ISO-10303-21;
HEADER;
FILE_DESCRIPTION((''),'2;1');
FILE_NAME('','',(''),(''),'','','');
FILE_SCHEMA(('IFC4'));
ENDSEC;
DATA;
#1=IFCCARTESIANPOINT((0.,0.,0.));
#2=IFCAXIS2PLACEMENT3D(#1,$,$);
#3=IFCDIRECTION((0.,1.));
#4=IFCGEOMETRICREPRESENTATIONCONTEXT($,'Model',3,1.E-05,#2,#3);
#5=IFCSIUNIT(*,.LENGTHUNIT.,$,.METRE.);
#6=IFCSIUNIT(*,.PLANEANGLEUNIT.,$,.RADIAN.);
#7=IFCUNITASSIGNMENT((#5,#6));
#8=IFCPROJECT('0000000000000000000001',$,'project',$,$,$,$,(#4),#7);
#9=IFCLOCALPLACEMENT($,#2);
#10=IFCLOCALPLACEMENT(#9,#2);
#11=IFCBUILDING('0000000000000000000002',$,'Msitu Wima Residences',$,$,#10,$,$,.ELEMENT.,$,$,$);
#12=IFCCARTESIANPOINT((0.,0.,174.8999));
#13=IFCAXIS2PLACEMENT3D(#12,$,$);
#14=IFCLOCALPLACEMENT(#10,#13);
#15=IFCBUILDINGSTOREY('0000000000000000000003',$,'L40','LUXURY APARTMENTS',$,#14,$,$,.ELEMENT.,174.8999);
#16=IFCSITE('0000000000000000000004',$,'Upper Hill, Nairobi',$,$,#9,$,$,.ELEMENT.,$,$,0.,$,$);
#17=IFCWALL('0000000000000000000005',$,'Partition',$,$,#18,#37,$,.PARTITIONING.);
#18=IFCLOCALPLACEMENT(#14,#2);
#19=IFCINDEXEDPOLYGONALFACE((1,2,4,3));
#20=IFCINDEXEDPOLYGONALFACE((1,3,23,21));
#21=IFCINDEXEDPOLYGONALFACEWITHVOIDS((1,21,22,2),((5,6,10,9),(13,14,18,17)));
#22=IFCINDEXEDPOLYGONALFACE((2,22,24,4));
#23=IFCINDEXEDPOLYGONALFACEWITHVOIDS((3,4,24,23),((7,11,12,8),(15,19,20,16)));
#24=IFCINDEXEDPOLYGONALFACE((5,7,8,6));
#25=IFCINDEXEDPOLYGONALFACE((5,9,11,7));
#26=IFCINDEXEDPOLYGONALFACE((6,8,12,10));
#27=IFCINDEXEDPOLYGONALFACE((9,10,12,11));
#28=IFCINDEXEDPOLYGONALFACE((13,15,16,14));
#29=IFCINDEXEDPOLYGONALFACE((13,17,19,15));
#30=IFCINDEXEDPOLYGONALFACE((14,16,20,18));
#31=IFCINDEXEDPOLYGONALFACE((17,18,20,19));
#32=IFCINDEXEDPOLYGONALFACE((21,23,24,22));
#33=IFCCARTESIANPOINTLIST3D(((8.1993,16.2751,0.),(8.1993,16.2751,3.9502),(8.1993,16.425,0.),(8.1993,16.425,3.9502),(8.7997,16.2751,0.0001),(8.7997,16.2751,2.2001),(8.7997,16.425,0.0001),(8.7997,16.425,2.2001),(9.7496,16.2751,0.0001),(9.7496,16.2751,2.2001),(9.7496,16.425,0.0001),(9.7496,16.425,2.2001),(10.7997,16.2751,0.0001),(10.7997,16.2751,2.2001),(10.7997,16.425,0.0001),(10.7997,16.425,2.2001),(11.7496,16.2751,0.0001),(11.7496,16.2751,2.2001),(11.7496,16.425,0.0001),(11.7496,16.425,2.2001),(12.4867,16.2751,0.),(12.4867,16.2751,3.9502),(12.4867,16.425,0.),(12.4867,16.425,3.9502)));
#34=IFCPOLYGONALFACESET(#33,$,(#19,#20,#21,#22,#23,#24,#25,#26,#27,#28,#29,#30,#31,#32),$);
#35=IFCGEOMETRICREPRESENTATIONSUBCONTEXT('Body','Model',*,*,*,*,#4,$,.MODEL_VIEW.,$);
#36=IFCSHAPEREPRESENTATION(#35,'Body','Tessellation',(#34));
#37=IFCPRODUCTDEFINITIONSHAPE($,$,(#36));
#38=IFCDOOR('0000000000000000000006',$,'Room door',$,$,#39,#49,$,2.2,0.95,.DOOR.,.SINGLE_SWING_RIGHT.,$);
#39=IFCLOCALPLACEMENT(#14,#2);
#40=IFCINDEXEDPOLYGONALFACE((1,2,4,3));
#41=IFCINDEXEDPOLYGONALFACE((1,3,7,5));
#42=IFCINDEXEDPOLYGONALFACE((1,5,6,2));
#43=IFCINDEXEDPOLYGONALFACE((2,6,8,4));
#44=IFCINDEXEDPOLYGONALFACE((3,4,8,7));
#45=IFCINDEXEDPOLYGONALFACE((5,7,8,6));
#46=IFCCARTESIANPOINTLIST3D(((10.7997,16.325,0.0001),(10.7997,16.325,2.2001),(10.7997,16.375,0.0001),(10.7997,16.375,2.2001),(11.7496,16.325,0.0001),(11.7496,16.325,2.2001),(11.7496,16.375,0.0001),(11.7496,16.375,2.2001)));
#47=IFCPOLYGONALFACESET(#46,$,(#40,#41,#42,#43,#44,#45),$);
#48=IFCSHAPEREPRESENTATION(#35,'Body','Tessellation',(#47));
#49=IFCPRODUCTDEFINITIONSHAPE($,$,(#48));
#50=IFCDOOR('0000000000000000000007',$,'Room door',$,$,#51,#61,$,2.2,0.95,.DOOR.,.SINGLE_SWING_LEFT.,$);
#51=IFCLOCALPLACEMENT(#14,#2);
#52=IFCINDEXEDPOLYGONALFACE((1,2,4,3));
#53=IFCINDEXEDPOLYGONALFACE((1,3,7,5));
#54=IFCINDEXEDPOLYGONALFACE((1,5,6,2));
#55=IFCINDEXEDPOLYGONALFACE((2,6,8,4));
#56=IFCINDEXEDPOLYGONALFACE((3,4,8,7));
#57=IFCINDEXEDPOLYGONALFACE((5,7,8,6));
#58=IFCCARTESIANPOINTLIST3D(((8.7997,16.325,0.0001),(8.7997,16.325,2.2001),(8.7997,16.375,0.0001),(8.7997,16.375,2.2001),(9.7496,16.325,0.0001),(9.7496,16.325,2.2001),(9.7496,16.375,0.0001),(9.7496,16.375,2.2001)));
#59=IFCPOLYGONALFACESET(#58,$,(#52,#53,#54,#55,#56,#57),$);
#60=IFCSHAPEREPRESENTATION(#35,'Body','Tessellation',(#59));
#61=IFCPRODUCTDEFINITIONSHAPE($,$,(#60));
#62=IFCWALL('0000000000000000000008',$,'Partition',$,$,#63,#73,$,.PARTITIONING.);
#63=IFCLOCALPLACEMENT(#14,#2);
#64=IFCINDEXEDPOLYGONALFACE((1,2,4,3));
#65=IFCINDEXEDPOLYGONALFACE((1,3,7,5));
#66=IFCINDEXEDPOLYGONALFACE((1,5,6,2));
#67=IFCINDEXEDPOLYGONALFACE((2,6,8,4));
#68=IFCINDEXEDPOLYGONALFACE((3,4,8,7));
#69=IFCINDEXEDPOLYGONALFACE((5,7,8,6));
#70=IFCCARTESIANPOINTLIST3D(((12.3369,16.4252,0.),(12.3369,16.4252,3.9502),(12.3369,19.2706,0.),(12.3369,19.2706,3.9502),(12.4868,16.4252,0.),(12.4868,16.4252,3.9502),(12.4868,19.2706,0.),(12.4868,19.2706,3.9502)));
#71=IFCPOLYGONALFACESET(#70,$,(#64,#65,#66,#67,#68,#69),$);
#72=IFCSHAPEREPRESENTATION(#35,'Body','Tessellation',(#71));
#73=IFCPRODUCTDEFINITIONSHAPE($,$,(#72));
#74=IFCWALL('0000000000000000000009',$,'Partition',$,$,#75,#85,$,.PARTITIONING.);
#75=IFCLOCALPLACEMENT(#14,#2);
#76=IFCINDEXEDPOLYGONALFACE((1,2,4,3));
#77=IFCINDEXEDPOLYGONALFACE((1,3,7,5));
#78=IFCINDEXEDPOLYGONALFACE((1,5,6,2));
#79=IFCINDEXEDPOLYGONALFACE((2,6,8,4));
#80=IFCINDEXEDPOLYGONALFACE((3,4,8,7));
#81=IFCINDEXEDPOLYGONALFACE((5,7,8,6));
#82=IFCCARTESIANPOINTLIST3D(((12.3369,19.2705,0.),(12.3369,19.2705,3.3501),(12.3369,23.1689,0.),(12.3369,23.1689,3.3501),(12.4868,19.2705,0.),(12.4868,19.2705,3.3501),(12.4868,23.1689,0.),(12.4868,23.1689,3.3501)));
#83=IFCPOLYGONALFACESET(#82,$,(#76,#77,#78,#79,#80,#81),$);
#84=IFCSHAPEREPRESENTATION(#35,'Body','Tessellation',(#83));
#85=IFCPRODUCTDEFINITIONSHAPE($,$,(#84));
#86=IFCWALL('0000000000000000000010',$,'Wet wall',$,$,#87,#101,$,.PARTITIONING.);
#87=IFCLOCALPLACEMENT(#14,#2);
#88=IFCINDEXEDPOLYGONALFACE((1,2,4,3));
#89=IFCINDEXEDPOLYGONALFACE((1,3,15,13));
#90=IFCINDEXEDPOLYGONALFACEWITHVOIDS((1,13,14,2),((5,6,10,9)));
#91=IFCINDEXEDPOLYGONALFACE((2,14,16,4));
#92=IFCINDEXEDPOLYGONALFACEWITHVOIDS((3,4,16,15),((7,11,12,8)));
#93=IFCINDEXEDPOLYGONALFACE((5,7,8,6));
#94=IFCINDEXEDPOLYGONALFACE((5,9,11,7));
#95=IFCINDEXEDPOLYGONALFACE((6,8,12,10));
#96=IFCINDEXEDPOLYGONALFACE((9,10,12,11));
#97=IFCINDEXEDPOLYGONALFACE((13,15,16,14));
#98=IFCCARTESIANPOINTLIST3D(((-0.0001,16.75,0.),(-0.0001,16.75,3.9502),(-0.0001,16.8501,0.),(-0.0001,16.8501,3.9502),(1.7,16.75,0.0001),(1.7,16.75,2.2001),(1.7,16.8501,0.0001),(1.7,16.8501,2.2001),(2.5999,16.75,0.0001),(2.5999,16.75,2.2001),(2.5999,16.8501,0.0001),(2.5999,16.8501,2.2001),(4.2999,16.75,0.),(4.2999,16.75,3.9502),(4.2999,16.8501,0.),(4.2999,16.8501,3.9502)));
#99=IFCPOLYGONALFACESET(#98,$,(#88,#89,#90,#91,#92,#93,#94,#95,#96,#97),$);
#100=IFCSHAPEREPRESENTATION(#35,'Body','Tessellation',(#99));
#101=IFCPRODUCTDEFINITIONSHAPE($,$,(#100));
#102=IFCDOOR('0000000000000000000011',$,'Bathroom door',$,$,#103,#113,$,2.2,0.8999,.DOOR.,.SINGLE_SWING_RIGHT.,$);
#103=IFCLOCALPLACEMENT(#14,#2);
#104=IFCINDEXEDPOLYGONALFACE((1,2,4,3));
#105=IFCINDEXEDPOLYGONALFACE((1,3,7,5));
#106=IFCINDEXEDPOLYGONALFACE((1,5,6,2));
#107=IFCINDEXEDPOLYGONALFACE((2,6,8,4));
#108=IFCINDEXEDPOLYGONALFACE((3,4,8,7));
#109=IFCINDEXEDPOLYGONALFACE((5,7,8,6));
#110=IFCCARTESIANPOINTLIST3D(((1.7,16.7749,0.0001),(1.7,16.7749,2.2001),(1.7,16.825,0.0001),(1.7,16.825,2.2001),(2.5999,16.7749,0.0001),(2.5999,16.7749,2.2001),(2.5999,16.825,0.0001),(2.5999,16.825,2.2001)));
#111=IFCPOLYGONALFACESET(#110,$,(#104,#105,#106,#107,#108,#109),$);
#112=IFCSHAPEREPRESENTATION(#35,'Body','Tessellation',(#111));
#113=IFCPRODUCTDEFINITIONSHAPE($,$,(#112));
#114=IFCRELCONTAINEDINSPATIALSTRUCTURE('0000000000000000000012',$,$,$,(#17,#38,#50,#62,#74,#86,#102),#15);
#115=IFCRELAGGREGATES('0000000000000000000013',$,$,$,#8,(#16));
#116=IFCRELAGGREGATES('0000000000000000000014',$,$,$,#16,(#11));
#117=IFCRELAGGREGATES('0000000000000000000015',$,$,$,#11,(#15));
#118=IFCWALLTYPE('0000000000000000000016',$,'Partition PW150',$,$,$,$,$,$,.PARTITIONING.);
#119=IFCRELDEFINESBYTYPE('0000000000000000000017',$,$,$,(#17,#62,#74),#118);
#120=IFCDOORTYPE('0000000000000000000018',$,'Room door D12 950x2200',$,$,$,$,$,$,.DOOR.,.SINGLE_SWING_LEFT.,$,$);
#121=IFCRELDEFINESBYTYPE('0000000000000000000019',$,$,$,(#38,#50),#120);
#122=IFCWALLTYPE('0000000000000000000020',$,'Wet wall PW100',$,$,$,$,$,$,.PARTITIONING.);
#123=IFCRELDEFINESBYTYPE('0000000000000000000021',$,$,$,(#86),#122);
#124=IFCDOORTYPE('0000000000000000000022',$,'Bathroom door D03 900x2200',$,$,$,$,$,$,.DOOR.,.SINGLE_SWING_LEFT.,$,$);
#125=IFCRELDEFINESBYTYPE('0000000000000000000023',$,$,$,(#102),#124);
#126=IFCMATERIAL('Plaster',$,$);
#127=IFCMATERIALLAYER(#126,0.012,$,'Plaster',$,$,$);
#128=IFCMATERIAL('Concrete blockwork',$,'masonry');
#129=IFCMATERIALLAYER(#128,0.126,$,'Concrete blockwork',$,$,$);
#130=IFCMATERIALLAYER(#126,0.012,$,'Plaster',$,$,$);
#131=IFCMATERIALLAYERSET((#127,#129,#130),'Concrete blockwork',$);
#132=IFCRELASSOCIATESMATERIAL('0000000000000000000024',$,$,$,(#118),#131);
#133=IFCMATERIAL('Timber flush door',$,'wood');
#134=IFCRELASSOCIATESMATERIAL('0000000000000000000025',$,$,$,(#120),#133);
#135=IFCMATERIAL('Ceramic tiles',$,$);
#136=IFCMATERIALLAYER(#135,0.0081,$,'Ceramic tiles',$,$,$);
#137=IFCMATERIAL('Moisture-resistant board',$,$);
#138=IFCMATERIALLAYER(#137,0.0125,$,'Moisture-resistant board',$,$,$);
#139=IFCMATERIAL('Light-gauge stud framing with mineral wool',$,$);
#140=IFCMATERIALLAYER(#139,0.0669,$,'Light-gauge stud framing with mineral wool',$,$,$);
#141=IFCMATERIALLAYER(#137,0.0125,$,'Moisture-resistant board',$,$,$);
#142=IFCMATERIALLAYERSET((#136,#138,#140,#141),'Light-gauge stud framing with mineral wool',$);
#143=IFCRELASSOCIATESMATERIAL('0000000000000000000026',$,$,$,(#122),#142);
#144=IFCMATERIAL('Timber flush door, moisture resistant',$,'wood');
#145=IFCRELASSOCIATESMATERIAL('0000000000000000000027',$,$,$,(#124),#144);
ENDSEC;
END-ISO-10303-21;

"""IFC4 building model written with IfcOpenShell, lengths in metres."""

from ifc_helpers import new_model, si_unit, direction, frame, frame_2d, origin, place, context, subcontext, project, spatial, rectangle, extrude, material, layer, layer_set, type_object, element, fill, save


model = new_model("IFC4")

# Units and contexts
model_context = context("Model", 3, precision=1e-05, world=origin(), true_north=direction((0.0, 1.0)))
body_context = subcontext(model_context, "Body", "Model", "MODEL_VIEW")
ifc_project = project(units=[si_unit("LENGTHUNIT", "METRE"), si_unit("PLANEANGLEUNIT", "RADIAN")], contexts=[model_context])

# Site, building, storey
site_placement = place(None, origin())
site = spatial("IfcSite", under=ifc_project, at=site_placement, Name="Upper Hill, Nairobi", CompositionType="ELEMENT", RefElevation=0.0)
building_placement = place(site_placement, origin())
building = spatial("IfcBuilding", under=site, at=building_placement, Name="Msitu Wima Residences", CompositionType="ELEMENT")
storey_placement = place(building_placement, frame((0.0, 0.0, 174.8999)))
storey = spatial("IfcBuildingStorey", under=building, at=storey_placement, Name="L40", Description="LUXURY APARTMENTS", CompositionType="ELEMENT", Elevation=174.8999)

# Shared definitions
ifc_material_1 = material(Name="Plaster")
ifc_layer_1 = layer(ifc_material_1, 0.012, Name="Plaster")
ifc_material_2 = material(Name="Concrete blockwork", Category="masonry")
ifc_layer_2 = layer(ifc_material_2, 0.126, Name="Concrete blockwork")
ifc_layer_3 = layer(ifc_material_1, 0.012, Name="Plaster")
ifc_layer_set_1 = layer_set([ifc_layer_1, ifc_layer_2, ifc_layer_3], Name="Concrete blockwork")
wall_type_1 = type_object("IfcWallType", Name="Partition PW150", PredefinedType="PARTITIONING", material=ifc_layer_set_1)
ifc_material_3 = material(Name="Timber flush door", Category="wood")
door_type_1 = type_object("IfcDoorType", Name="Room door D12 950x2200", OperationType="SINGLE_SWING_LEFT", PredefinedType="DOOR", material=ifc_material_3)

# Wall, openings, doors
wall_1_placement = place(storey_placement, frame((8.1995, 16.3501, 0.0), z_axis=(0.0, 0.0, 1.0), x_axis=(1.0, 0.0, 0.0)))
wall_1 = element("IfcWall", 1, at=wall_1_placement, inside=storey, type_object=wall_type_1, Name="Partition", PredefinedType="PARTITIONING", context=body_context, shape_type="SweptSolid", body=[
    extrude(rectangle(XDim=4.2874, YDim=0.1499, at=frame_2d((2.1436, 0.0))), origin(), (0.0, 0.0, 1.0), 3.9502),
])
opening_1_placement = place(wall_1_placement, frame((2.6001, 0.0, 0.0)))
opening_1 = element("IfcOpeningElement", 2, at=opening_1_placement, cuts=wall_1, PredefinedType="OPENING", context=body_context, shape_type="SweptSolid", body=[
    extrude(rectangle(XDim=0.95, YDim=2.2, at=frame_2d((0.4751, 1.1001))), frame((0.0, 0.085, 0.0), z_axis=(0.0, -1.0, 0.0), x_axis=(1.0, 0.0, 0.0)), (0.0, 0.0, 1.0), 0.1699),
])
opening_2_placement = place(wall_1_placement, frame((0.6001, 0.0, 0.0)))
opening_2 = element("IfcOpeningElement", 3, at=opening_2_placement, cuts=wall_1, PredefinedType="OPENING", context=body_context, shape_type="SweptSolid", body=[
    extrude(rectangle(XDim=0.95, YDim=2.2, at=frame_2d((0.4751, 1.1001))), frame((0.0, 0.085, 0.0), z_axis=(0.0, -1.0, 0.0), x_axis=(1.0, 0.0, 0.0)), (0.0, 0.0, 1.0), 0.1699),
])
door_1_placement = place(opening_1_placement, origin())
door_1 = element("IfcDoor", 4, at=door_1_placement, inside=storey, type_object=door_type_1, Name="Room door", OperationType="SINGLE_SWING_RIGHT", OverallHeight=2.2, OverallWidth=0.95, PredefinedType="DOOR", context=body_context, shape_type="SweptSolid", body=[
    extrude(rectangle(XDim=0.95, YDim=2.2, at=frame_2d((0.4751, 1.1001))), frame((0.0, 0.0249, 0.0), z_axis=(0.0, -1.0, 0.0), x_axis=(1.0, 0.0, 0.0)), (0.0, 0.0, 1.0), 0.05),
])
fill(opening_1, door_1)
door_2_placement = place(opening_2_placement, origin())
door_2 = element("IfcDoor", 5, at=door_2_placement, inside=storey, type_object=door_type_1, Name="Room door", OperationType="SINGLE_SWING_LEFT", OverallHeight=2.2, OverallWidth=0.95, PredefinedType="DOOR", context=body_context, shape_type="SweptSolid", body=[
    extrude(rectangle(XDim=0.95, YDim=2.2, at=frame_2d((0.4751, 1.1001))), frame((0.0, 0.0249, 0.0), z_axis=(0.0, -1.0, 0.0), x_axis=(1.0, 0.0, 0.0)), (0.0, 0.0, 1.0), 0.05),
])
fill(opening_2, door_2)

# Walls
wall_2_placement = place(storey_placement, frame((12.4119, 16.425, 0.0), z_axis=(0.0, 0.0, 1.0), x_axis=(0.0, 1.0, 0.0)))
element("IfcWall", 6, at=wall_2_placement, inside=storey, type_object=wall_type_1, Name="Partition", PredefinedType="PARTITIONING", context=body_context, shape_type="SweptSolid", body=[
    extrude(rectangle(XDim=2.8455, YDim=0.1499, at=frame_2d((1.4229, 0.0))), origin(), (0.0, 0.0, 1.0), 3.9502),
])
wall_3_placement = place(storey_placement, frame((12.4119, 19.2705, 0.0), z_axis=(0.0, 0.0, 1.0), x_axis=(0.0, 1.0, 0.0)))
element("IfcWall", 7, at=wall_3_placement, inside=storey, type_object=wall_type_1, Name="Partition", PredefinedType="PARTITIONING", context=body_context, shape_type="SweptSolid", body=[
    extrude(rectangle(XDim=3.8984, YDim=0.1499, at=frame_2d((1.9492, 0.0))), origin(), (0.0, 0.0, 1.0), 3.3501),
])

# Wall, opening, door
ifc_material_4 = material(Name="Ceramic tiles")
ifc_layer_4 = layer(ifc_material_4, 0.0081, Name="Ceramic tiles")
ifc_material_5 = material(Name="Moisture-resistant board")
ifc_layer_5 = layer(ifc_material_5, 0.0125, Name="Moisture-resistant board")
ifc_material_6 = material(Name="Light-gauge stud framing with mineral wool")
ifc_layer_6 = layer(ifc_material_6, 0.0669, Name="Light-gauge stud framing with mineral wool")
ifc_layer_7 = layer(ifc_material_5, 0.0125, Name="Moisture-resistant board")
ifc_layer_set_2 = layer_set([ifc_layer_4, ifc_layer_5, ifc_layer_6, ifc_layer_7], Name="Light-gauge stud framing with mineral wool")
wall_type_2 = type_object("IfcWallType", Name="Wet wall PW100", PredefinedType="PARTITIONING", material=ifc_layer_set_2)
wall_4_placement = place(storey_placement, frame((0.0, 16.8, 0.0), z_axis=(0.0, 0.0, 1.0), x_axis=(1.0, 0.0, 0.0)))
wall_4 = element("IfcWall", 8, at=wall_4_placement, inside=storey, type_object=wall_type_2, Name="Wet wall", PredefinedType="PARTITIONING", context=body_context, shape_type="SweptSolid", body=[
    extrude(rectangle(XDim=4.3, YDim=0.1001, at=frame_2d((2.1499, 0.0))), origin(), (0.0, 0.0, 1.0), 3.9502),
])
opening_3_placement = place(wall_4_placement, frame((1.7, 0.0, 0.0)))
opening_3 = element("IfcOpeningElement", 9, at=opening_3_placement, cuts=wall_4, PredefinedType="OPENING", context=body_context, shape_type="SweptSolid", body=[
    extrude(rectangle(XDim=0.8999, YDim=2.2, at=frame_2d((0.45, 1.1001))), frame((0.0, 0.0601, 0.0), z_axis=(0.0, -1.0, 0.0), x_axis=(1.0, 0.0, 0.0)), (0.0, 0.0, 1.0), 0.1201),
])
ifc_material_7 = material(Name="Timber flush door, moisture resistant", Category="wood")
door_type_2 = type_object("IfcDoorType", Name="Bathroom door D03 900x2200", OperationType="SINGLE_SWING_LEFT", PredefinedType="DOOR", material=ifc_material_7)
door_3_placement = place(opening_3_placement, origin())
door_3 = element("IfcDoor", 10, at=door_3_placement, inside=storey, type_object=door_type_2, Name="Bathroom door", OperationType="SINGLE_SWING_RIGHT", OverallHeight=2.2, OverallWidth=0.8999, PredefinedType="DOOR", context=body_context, shape_type="SweptSolid", body=[
    extrude(rectangle(XDim=0.8999, YDim=2.2, at=frame_2d((0.45, 1.1001))), frame((0.0, 0.0249, 0.0), z_axis=(0.0, -1.0, 0.0), x_axis=(1.0, 0.0, 0.0)), (0.0, 0.0, 1.0), 0.05),
])
fill(opening_3, door_3)

save(model, "model.ifc")
